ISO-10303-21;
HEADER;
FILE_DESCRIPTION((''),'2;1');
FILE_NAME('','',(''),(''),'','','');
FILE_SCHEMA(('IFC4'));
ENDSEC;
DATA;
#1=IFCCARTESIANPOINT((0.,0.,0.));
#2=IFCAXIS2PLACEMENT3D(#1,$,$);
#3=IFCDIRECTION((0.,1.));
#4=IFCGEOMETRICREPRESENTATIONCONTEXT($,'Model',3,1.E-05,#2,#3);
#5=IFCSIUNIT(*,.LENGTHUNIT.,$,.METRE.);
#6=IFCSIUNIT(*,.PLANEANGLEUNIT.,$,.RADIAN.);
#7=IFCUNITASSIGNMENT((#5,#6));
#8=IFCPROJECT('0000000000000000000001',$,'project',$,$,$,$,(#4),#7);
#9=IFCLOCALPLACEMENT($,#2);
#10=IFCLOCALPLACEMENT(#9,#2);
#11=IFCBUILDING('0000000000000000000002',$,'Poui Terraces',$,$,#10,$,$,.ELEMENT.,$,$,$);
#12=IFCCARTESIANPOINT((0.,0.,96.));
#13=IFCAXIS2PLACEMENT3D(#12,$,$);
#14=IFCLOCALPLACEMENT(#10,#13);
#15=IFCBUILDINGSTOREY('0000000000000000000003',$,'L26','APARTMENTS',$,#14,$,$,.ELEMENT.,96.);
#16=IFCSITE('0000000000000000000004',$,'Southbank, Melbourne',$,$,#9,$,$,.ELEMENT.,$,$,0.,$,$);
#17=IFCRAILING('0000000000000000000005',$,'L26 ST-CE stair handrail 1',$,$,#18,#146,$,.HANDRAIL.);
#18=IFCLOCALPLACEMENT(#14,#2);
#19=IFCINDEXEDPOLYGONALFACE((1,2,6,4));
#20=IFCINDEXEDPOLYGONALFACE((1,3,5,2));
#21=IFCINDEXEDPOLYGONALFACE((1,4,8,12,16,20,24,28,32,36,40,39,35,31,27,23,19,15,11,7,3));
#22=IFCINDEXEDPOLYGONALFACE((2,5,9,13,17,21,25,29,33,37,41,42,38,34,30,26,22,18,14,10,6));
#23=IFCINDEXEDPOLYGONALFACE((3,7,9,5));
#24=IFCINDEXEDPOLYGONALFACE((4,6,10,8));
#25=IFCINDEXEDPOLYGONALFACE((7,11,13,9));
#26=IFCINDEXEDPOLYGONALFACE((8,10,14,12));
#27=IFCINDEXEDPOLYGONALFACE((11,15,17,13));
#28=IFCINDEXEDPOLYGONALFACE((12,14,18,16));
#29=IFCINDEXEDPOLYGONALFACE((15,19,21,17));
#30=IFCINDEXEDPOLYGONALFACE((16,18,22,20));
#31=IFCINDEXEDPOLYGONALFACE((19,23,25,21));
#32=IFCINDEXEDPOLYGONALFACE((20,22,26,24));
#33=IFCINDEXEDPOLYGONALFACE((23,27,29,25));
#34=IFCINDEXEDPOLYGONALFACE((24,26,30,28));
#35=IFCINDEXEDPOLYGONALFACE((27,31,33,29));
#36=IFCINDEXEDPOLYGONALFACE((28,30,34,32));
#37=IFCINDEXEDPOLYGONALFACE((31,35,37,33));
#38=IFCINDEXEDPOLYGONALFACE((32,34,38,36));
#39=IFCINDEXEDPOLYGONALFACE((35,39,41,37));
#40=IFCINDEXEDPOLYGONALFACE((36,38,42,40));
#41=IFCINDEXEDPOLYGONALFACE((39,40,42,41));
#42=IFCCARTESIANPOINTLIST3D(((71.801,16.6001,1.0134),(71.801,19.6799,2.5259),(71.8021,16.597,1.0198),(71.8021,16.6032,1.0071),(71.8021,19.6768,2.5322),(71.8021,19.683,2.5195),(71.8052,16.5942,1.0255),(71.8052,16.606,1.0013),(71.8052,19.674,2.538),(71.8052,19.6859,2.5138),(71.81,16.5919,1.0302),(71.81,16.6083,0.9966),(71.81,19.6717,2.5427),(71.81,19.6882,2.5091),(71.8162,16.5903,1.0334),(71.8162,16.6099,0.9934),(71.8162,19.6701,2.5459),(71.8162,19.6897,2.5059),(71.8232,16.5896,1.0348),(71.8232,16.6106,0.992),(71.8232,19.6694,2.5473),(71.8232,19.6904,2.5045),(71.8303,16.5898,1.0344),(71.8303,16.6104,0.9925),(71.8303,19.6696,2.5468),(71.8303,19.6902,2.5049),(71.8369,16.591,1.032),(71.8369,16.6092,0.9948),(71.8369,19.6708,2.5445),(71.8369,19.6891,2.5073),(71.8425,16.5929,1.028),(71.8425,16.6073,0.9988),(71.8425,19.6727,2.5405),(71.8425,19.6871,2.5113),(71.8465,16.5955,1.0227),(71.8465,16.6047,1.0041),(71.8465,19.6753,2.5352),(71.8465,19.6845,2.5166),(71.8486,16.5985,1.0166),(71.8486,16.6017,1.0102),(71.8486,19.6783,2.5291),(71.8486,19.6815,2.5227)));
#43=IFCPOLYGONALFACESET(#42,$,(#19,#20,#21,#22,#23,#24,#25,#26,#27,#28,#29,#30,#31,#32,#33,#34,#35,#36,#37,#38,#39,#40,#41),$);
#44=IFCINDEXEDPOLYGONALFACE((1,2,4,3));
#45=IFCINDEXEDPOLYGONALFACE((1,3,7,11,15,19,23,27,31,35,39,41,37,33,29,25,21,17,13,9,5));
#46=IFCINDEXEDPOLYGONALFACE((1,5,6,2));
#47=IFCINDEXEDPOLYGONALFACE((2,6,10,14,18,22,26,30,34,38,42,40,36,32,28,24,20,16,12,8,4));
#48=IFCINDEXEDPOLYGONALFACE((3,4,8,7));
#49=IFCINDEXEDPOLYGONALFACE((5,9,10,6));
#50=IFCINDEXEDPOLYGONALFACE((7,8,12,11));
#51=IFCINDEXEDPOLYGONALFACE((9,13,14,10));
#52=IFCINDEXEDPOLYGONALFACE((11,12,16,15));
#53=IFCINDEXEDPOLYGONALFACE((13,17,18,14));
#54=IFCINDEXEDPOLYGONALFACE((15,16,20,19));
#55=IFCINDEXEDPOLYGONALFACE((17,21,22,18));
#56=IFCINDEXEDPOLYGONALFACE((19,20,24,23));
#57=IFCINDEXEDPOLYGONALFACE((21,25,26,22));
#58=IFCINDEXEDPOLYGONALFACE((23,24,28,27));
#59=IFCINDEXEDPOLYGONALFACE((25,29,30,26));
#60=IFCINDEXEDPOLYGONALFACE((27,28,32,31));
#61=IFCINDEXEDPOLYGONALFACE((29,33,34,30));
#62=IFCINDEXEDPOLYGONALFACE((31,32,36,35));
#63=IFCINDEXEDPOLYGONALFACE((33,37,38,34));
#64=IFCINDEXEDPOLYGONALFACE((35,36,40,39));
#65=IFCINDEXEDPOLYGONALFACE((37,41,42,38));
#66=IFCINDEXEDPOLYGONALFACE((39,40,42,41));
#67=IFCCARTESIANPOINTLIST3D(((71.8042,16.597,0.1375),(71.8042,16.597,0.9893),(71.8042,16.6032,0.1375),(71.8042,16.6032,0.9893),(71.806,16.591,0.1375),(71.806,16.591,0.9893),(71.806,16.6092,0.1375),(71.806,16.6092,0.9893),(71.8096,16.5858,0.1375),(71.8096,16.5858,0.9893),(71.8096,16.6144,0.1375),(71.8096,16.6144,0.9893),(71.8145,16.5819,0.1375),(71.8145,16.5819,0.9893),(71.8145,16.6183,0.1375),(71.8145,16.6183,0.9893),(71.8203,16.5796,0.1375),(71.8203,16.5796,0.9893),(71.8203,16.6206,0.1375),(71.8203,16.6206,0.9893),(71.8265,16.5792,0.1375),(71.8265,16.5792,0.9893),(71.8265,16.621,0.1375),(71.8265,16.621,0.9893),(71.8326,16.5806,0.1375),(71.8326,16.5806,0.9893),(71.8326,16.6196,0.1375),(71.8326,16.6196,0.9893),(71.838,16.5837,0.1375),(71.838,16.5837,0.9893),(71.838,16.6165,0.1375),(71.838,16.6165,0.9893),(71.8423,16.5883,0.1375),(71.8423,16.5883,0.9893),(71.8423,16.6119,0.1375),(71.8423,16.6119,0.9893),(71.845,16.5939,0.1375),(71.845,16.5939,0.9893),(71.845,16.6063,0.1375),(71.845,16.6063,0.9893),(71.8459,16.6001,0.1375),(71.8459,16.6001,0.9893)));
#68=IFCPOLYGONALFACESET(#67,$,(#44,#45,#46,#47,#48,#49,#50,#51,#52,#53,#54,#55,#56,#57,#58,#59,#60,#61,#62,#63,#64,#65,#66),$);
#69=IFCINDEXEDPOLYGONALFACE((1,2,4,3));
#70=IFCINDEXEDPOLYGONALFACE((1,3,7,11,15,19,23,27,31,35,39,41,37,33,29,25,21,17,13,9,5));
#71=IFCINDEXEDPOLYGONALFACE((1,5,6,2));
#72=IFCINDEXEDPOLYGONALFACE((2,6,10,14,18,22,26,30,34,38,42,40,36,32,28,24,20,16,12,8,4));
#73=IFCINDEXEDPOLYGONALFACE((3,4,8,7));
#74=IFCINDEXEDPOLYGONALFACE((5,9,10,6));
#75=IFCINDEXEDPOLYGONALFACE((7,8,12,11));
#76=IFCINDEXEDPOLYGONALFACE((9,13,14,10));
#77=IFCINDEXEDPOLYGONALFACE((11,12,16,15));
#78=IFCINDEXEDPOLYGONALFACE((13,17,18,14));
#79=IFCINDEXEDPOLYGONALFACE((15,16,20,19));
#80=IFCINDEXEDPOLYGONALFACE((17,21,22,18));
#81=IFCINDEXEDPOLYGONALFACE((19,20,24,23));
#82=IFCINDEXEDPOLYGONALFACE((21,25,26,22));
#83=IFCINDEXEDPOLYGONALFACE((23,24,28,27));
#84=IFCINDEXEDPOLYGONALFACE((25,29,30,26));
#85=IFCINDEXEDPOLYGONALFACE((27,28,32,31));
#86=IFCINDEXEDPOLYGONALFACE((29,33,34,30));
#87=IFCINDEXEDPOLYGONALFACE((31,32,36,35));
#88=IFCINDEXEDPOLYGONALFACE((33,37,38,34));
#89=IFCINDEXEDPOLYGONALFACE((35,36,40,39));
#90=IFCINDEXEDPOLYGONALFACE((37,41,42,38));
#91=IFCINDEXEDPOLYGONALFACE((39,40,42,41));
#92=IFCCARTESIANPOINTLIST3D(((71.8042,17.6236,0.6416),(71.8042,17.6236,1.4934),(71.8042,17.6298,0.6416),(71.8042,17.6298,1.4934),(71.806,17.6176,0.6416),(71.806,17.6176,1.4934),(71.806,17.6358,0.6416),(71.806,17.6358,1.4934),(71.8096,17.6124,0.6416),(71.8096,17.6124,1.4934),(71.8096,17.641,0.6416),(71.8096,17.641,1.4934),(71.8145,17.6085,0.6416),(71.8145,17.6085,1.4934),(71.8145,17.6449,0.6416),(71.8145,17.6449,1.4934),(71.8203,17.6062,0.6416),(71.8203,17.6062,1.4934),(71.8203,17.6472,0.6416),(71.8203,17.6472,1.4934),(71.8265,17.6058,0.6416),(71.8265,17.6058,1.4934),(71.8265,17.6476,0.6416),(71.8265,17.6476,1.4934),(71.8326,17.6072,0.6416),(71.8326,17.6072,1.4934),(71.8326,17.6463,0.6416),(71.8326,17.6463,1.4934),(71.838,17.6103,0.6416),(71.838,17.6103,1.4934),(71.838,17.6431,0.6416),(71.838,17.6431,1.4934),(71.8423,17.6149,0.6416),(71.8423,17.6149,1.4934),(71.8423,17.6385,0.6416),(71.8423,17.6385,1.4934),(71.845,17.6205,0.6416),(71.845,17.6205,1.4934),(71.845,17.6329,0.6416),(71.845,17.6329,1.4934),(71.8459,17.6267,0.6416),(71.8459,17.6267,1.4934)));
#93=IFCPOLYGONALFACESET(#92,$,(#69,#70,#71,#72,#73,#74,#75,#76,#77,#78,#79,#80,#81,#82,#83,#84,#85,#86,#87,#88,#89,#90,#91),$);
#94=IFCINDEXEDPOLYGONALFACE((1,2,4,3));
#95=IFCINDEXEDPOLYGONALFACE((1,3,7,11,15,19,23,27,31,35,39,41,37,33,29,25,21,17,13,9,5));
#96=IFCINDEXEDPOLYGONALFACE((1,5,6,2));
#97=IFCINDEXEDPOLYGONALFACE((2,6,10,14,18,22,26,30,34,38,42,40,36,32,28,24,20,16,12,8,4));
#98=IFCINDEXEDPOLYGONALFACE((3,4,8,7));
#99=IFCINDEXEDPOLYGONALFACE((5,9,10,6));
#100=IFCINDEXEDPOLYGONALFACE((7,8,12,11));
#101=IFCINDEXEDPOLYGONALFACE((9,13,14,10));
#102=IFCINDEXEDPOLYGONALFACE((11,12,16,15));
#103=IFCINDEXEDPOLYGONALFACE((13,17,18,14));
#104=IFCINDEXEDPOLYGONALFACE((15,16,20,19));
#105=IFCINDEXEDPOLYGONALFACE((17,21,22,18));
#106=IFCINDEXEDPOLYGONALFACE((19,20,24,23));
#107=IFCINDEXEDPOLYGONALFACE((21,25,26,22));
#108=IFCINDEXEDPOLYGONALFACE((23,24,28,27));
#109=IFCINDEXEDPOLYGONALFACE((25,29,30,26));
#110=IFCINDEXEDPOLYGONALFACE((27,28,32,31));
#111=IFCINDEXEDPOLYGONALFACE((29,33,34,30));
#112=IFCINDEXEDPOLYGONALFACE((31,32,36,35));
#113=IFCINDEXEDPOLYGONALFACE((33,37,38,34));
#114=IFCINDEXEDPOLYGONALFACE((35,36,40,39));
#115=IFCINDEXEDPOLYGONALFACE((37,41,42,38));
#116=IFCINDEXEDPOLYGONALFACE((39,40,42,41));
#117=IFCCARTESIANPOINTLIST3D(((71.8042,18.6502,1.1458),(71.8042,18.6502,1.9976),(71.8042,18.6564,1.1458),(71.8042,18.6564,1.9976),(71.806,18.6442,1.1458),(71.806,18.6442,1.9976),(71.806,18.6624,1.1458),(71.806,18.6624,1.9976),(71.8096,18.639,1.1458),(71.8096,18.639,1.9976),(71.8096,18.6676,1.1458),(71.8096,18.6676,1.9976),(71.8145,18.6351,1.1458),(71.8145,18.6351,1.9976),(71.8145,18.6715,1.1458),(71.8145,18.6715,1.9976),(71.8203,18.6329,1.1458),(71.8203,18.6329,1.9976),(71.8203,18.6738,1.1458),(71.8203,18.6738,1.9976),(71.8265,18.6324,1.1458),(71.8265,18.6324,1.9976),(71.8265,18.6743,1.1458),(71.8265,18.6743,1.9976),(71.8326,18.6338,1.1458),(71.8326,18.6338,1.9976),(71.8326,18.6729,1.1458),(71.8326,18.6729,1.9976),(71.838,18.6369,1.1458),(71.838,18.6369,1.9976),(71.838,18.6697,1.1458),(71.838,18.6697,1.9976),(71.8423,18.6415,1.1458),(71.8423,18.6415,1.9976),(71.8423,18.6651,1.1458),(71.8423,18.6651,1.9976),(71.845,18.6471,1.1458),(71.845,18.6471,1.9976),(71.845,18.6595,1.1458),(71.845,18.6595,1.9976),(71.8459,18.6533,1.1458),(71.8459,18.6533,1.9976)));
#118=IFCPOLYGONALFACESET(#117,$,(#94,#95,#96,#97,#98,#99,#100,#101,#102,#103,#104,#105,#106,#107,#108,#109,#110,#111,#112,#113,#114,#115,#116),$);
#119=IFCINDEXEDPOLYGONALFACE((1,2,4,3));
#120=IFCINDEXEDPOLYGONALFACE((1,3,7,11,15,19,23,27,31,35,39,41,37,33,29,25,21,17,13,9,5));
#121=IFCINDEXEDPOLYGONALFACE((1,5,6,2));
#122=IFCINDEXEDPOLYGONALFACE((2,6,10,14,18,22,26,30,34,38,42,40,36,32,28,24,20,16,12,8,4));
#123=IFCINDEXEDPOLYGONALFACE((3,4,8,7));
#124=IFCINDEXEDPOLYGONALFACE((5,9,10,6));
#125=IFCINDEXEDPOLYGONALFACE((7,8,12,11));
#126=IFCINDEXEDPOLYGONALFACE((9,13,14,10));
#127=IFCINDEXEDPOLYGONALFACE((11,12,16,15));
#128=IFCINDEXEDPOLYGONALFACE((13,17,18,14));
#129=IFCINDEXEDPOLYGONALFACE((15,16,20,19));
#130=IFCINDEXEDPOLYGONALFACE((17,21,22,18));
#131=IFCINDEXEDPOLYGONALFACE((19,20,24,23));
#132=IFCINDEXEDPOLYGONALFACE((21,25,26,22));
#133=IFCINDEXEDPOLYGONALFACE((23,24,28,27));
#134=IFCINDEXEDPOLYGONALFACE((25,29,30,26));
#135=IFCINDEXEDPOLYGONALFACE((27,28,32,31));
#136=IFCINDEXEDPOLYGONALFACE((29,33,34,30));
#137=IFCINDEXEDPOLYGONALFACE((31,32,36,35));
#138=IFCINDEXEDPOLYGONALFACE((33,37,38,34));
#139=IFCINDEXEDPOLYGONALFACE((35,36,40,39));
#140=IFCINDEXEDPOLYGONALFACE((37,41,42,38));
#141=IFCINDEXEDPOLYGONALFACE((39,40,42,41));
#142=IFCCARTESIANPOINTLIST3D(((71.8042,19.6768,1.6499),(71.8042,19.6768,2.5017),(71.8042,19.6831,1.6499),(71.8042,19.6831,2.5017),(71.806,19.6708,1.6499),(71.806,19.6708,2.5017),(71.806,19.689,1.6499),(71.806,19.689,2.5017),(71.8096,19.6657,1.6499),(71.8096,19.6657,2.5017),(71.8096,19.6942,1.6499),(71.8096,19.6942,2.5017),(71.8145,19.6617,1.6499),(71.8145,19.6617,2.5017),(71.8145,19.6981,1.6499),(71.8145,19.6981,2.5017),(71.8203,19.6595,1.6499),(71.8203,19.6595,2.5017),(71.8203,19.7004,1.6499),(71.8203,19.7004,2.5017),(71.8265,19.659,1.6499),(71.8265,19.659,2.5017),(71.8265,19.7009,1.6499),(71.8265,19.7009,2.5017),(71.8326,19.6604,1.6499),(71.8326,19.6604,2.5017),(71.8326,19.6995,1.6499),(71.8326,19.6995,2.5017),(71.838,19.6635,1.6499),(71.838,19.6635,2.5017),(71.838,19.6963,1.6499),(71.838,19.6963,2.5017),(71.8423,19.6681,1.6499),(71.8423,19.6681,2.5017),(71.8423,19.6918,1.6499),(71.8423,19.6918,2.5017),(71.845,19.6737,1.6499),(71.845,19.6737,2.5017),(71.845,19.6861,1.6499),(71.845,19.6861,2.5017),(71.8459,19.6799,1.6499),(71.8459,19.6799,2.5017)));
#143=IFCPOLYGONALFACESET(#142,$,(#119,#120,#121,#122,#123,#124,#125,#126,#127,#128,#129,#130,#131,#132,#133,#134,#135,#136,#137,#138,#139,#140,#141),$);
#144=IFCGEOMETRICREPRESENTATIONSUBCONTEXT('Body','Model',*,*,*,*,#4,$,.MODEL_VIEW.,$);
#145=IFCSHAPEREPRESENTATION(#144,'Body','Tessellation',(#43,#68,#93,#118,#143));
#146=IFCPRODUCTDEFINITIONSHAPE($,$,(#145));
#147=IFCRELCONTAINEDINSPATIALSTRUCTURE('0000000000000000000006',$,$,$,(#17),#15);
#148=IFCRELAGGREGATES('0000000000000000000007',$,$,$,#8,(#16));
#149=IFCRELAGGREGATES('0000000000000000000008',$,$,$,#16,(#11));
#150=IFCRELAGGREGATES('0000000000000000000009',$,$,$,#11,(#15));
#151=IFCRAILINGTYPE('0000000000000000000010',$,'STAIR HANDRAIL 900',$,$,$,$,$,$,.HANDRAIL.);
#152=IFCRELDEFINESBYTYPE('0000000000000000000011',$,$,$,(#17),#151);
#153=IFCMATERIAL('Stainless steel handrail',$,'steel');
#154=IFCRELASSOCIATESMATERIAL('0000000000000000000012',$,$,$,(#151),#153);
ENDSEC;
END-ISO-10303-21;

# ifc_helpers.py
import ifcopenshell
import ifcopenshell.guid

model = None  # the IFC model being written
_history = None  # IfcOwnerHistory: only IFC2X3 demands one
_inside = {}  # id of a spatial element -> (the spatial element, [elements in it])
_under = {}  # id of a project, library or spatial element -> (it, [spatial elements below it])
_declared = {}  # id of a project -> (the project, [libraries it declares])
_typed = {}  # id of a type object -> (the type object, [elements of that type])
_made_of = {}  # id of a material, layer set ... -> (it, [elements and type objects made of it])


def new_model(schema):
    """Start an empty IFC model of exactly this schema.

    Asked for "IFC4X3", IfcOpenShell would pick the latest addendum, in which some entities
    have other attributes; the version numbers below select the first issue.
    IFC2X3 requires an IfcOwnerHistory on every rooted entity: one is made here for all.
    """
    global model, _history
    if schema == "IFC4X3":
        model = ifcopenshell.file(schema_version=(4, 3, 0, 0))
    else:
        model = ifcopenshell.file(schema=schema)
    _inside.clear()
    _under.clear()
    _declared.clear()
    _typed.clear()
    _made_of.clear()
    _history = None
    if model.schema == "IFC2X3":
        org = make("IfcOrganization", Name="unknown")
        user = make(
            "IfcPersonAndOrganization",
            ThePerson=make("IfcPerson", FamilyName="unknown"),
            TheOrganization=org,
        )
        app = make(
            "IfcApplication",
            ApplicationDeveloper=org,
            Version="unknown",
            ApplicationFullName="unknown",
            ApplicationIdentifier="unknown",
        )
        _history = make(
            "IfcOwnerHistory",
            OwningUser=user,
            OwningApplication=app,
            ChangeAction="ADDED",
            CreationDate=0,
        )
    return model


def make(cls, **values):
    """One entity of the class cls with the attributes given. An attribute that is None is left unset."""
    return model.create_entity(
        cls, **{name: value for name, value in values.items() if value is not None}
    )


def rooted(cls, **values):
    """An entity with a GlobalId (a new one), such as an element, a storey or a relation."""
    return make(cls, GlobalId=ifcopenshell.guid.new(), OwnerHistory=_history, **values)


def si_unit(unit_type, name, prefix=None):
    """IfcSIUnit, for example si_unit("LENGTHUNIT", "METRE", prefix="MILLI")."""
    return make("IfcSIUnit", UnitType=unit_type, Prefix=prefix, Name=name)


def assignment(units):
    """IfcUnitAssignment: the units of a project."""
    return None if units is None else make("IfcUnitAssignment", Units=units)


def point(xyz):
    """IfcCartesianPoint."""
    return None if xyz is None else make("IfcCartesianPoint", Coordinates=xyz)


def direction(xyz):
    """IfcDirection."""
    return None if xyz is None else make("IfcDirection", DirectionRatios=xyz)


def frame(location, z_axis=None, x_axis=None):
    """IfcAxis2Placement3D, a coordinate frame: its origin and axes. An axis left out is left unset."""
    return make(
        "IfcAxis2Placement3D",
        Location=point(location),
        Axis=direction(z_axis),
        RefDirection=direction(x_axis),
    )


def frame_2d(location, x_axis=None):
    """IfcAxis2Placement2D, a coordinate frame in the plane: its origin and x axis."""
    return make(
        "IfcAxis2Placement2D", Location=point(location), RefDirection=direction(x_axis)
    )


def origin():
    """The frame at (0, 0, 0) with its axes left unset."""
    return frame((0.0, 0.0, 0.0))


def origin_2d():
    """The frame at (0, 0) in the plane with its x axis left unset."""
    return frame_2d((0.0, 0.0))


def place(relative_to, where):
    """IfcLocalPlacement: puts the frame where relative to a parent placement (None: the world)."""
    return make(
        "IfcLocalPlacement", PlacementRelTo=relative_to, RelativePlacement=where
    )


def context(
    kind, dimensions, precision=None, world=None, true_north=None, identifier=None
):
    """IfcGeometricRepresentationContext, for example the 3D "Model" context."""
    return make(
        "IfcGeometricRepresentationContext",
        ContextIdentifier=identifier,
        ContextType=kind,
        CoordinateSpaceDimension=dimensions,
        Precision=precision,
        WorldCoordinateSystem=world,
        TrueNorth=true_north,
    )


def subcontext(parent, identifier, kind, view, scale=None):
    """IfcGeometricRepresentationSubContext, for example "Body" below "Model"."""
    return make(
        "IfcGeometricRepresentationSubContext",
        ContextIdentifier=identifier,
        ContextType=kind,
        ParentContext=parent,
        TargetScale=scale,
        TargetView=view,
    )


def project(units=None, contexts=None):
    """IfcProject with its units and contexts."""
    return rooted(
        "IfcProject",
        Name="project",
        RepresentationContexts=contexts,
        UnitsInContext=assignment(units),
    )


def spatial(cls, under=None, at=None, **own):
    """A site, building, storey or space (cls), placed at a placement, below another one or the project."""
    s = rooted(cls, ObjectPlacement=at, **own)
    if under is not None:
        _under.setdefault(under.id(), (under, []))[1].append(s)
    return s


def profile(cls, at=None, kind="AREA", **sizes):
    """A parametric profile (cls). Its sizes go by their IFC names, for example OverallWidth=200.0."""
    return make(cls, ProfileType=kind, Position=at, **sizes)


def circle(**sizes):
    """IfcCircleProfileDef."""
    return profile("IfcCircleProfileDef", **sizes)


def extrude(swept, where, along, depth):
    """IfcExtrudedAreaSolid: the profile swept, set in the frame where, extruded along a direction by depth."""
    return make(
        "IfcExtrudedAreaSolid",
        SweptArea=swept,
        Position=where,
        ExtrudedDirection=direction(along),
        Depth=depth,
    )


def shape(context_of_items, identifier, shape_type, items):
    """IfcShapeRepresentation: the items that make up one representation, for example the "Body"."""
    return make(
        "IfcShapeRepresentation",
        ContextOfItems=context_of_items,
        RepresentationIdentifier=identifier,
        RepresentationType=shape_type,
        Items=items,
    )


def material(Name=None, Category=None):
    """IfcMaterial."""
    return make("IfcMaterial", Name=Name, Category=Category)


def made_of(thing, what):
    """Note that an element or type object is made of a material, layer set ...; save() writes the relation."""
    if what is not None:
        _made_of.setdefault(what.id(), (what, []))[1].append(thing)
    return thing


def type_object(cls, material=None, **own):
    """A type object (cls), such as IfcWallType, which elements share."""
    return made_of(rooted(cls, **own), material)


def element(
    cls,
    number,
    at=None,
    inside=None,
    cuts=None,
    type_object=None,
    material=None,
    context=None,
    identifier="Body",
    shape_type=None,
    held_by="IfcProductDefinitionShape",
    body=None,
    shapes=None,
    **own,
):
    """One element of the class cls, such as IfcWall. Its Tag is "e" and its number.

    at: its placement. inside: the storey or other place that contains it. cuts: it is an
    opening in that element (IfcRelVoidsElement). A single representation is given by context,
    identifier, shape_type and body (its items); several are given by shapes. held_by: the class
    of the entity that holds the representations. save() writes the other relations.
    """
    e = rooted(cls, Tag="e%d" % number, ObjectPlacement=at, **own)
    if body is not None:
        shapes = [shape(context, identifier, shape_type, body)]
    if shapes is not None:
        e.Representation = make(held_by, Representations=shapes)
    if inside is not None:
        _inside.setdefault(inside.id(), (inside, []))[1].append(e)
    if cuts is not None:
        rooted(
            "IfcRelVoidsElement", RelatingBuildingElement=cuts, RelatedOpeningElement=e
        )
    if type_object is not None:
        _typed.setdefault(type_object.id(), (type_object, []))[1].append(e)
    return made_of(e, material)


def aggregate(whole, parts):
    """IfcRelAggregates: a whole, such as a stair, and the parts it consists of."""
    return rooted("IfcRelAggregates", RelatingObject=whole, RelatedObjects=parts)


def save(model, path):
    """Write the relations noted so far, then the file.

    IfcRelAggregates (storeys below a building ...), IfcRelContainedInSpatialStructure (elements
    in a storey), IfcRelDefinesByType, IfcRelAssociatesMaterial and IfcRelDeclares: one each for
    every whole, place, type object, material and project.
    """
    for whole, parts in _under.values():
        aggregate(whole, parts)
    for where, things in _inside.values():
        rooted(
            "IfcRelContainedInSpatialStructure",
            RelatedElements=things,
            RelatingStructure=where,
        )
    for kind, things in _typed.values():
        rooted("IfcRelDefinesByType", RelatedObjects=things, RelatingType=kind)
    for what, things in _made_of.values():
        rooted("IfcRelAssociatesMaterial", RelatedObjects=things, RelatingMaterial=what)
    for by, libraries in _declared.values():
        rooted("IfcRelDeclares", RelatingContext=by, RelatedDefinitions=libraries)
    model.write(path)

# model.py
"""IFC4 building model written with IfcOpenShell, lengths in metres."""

from ifc_helpers import new_model, si_unit, direction, frame, origin, origin_2d, place, context, subcontext, project, spatial, circle, extrude, material, type_object, element, save


model = new_model("IFC4")

# Units and contexts
model_context = context("Model", 3, precision=1e-05, world=origin(), true_north=direction((0.0, 1.0)))
body_context = subcontext(model_context, "Body", "Model", "MODEL_VIEW")
ifc_project = project(units=[si_unit("LENGTHUNIT", "METRE"), si_unit("PLANEANGLEUNIT", "RADIAN")], contexts=[model_context])

# Site, building, storey
site_placement = place(None, origin())
site = spatial("IfcSite", under=ifc_project, at=site_placement, Name="Southbank, Melbourne", CompositionType="ELEMENT", RefElevation=0.0)
building_placement = place(site_placement, origin())
building = spatial("IfcBuilding", under=site, at=building_placement, Name="Poui Terraces", CompositionType="ELEMENT")
storey_placement = place(building_placement, frame((0.0, 0.0, 96.0)))
storey = spatial("IfcBuildingStorey", under=building, at=storey_placement, Name="L26", Description="APARTMENTS", CompositionType="ELEMENT", Elevation=96.0)

# Railing
ifc_material_1 = material(Name="Stainless steel handrail", Category="steel")
railing_type_1 = type_object("IfcRailingType", Name="STAIR HANDRAIL 900", PredefinedType="HANDRAIL", material=ifc_material_1)
railing_1_placement = place(storey_placement, frame((71.825, 16.6001, 0.1375)))
element("IfcRailing", 1, at=railing_1_placement, inside=storey, type_object=railing_type_1, Name="L26 ST-CE stair handrail 1", PredefinedType="HANDRAIL", context=body_context, shape_type="SweptSolid", body=[
    extrude(circle(Radius=0.0239, at=origin_2d()), frame((0.0, 0.0, 0.876), z_axis=(0.0, 0.897606, 0.440798), x_axis=(-1.0, 0.0, 0.0)), (0.0, 0.0, 1.0), 3.4312),
    extrude(circle(Radius=0.021, at=origin_2d()), origin(), (0.0, 0.0, 1.0), 0.8518),
    extrude(circle(Radius=0.021, at=origin_2d()), frame((0.0, 1.0266, 0.5042)), (0.0, 0.0, 1.0), 0.8518),
    extrude(circle(Radius=0.021, at=origin_2d()), frame((0.0, 2.0532, 1.0083)), (0.0, 0.0, 1.0), 0.8518),
    extrude(circle(Radius=0.021, at=origin_2d()), frame((0.0, 3.0798, 1.5125)), (0.0, 0.0, 1.0), 0.8518),
])

save(model, "model.ifc")
